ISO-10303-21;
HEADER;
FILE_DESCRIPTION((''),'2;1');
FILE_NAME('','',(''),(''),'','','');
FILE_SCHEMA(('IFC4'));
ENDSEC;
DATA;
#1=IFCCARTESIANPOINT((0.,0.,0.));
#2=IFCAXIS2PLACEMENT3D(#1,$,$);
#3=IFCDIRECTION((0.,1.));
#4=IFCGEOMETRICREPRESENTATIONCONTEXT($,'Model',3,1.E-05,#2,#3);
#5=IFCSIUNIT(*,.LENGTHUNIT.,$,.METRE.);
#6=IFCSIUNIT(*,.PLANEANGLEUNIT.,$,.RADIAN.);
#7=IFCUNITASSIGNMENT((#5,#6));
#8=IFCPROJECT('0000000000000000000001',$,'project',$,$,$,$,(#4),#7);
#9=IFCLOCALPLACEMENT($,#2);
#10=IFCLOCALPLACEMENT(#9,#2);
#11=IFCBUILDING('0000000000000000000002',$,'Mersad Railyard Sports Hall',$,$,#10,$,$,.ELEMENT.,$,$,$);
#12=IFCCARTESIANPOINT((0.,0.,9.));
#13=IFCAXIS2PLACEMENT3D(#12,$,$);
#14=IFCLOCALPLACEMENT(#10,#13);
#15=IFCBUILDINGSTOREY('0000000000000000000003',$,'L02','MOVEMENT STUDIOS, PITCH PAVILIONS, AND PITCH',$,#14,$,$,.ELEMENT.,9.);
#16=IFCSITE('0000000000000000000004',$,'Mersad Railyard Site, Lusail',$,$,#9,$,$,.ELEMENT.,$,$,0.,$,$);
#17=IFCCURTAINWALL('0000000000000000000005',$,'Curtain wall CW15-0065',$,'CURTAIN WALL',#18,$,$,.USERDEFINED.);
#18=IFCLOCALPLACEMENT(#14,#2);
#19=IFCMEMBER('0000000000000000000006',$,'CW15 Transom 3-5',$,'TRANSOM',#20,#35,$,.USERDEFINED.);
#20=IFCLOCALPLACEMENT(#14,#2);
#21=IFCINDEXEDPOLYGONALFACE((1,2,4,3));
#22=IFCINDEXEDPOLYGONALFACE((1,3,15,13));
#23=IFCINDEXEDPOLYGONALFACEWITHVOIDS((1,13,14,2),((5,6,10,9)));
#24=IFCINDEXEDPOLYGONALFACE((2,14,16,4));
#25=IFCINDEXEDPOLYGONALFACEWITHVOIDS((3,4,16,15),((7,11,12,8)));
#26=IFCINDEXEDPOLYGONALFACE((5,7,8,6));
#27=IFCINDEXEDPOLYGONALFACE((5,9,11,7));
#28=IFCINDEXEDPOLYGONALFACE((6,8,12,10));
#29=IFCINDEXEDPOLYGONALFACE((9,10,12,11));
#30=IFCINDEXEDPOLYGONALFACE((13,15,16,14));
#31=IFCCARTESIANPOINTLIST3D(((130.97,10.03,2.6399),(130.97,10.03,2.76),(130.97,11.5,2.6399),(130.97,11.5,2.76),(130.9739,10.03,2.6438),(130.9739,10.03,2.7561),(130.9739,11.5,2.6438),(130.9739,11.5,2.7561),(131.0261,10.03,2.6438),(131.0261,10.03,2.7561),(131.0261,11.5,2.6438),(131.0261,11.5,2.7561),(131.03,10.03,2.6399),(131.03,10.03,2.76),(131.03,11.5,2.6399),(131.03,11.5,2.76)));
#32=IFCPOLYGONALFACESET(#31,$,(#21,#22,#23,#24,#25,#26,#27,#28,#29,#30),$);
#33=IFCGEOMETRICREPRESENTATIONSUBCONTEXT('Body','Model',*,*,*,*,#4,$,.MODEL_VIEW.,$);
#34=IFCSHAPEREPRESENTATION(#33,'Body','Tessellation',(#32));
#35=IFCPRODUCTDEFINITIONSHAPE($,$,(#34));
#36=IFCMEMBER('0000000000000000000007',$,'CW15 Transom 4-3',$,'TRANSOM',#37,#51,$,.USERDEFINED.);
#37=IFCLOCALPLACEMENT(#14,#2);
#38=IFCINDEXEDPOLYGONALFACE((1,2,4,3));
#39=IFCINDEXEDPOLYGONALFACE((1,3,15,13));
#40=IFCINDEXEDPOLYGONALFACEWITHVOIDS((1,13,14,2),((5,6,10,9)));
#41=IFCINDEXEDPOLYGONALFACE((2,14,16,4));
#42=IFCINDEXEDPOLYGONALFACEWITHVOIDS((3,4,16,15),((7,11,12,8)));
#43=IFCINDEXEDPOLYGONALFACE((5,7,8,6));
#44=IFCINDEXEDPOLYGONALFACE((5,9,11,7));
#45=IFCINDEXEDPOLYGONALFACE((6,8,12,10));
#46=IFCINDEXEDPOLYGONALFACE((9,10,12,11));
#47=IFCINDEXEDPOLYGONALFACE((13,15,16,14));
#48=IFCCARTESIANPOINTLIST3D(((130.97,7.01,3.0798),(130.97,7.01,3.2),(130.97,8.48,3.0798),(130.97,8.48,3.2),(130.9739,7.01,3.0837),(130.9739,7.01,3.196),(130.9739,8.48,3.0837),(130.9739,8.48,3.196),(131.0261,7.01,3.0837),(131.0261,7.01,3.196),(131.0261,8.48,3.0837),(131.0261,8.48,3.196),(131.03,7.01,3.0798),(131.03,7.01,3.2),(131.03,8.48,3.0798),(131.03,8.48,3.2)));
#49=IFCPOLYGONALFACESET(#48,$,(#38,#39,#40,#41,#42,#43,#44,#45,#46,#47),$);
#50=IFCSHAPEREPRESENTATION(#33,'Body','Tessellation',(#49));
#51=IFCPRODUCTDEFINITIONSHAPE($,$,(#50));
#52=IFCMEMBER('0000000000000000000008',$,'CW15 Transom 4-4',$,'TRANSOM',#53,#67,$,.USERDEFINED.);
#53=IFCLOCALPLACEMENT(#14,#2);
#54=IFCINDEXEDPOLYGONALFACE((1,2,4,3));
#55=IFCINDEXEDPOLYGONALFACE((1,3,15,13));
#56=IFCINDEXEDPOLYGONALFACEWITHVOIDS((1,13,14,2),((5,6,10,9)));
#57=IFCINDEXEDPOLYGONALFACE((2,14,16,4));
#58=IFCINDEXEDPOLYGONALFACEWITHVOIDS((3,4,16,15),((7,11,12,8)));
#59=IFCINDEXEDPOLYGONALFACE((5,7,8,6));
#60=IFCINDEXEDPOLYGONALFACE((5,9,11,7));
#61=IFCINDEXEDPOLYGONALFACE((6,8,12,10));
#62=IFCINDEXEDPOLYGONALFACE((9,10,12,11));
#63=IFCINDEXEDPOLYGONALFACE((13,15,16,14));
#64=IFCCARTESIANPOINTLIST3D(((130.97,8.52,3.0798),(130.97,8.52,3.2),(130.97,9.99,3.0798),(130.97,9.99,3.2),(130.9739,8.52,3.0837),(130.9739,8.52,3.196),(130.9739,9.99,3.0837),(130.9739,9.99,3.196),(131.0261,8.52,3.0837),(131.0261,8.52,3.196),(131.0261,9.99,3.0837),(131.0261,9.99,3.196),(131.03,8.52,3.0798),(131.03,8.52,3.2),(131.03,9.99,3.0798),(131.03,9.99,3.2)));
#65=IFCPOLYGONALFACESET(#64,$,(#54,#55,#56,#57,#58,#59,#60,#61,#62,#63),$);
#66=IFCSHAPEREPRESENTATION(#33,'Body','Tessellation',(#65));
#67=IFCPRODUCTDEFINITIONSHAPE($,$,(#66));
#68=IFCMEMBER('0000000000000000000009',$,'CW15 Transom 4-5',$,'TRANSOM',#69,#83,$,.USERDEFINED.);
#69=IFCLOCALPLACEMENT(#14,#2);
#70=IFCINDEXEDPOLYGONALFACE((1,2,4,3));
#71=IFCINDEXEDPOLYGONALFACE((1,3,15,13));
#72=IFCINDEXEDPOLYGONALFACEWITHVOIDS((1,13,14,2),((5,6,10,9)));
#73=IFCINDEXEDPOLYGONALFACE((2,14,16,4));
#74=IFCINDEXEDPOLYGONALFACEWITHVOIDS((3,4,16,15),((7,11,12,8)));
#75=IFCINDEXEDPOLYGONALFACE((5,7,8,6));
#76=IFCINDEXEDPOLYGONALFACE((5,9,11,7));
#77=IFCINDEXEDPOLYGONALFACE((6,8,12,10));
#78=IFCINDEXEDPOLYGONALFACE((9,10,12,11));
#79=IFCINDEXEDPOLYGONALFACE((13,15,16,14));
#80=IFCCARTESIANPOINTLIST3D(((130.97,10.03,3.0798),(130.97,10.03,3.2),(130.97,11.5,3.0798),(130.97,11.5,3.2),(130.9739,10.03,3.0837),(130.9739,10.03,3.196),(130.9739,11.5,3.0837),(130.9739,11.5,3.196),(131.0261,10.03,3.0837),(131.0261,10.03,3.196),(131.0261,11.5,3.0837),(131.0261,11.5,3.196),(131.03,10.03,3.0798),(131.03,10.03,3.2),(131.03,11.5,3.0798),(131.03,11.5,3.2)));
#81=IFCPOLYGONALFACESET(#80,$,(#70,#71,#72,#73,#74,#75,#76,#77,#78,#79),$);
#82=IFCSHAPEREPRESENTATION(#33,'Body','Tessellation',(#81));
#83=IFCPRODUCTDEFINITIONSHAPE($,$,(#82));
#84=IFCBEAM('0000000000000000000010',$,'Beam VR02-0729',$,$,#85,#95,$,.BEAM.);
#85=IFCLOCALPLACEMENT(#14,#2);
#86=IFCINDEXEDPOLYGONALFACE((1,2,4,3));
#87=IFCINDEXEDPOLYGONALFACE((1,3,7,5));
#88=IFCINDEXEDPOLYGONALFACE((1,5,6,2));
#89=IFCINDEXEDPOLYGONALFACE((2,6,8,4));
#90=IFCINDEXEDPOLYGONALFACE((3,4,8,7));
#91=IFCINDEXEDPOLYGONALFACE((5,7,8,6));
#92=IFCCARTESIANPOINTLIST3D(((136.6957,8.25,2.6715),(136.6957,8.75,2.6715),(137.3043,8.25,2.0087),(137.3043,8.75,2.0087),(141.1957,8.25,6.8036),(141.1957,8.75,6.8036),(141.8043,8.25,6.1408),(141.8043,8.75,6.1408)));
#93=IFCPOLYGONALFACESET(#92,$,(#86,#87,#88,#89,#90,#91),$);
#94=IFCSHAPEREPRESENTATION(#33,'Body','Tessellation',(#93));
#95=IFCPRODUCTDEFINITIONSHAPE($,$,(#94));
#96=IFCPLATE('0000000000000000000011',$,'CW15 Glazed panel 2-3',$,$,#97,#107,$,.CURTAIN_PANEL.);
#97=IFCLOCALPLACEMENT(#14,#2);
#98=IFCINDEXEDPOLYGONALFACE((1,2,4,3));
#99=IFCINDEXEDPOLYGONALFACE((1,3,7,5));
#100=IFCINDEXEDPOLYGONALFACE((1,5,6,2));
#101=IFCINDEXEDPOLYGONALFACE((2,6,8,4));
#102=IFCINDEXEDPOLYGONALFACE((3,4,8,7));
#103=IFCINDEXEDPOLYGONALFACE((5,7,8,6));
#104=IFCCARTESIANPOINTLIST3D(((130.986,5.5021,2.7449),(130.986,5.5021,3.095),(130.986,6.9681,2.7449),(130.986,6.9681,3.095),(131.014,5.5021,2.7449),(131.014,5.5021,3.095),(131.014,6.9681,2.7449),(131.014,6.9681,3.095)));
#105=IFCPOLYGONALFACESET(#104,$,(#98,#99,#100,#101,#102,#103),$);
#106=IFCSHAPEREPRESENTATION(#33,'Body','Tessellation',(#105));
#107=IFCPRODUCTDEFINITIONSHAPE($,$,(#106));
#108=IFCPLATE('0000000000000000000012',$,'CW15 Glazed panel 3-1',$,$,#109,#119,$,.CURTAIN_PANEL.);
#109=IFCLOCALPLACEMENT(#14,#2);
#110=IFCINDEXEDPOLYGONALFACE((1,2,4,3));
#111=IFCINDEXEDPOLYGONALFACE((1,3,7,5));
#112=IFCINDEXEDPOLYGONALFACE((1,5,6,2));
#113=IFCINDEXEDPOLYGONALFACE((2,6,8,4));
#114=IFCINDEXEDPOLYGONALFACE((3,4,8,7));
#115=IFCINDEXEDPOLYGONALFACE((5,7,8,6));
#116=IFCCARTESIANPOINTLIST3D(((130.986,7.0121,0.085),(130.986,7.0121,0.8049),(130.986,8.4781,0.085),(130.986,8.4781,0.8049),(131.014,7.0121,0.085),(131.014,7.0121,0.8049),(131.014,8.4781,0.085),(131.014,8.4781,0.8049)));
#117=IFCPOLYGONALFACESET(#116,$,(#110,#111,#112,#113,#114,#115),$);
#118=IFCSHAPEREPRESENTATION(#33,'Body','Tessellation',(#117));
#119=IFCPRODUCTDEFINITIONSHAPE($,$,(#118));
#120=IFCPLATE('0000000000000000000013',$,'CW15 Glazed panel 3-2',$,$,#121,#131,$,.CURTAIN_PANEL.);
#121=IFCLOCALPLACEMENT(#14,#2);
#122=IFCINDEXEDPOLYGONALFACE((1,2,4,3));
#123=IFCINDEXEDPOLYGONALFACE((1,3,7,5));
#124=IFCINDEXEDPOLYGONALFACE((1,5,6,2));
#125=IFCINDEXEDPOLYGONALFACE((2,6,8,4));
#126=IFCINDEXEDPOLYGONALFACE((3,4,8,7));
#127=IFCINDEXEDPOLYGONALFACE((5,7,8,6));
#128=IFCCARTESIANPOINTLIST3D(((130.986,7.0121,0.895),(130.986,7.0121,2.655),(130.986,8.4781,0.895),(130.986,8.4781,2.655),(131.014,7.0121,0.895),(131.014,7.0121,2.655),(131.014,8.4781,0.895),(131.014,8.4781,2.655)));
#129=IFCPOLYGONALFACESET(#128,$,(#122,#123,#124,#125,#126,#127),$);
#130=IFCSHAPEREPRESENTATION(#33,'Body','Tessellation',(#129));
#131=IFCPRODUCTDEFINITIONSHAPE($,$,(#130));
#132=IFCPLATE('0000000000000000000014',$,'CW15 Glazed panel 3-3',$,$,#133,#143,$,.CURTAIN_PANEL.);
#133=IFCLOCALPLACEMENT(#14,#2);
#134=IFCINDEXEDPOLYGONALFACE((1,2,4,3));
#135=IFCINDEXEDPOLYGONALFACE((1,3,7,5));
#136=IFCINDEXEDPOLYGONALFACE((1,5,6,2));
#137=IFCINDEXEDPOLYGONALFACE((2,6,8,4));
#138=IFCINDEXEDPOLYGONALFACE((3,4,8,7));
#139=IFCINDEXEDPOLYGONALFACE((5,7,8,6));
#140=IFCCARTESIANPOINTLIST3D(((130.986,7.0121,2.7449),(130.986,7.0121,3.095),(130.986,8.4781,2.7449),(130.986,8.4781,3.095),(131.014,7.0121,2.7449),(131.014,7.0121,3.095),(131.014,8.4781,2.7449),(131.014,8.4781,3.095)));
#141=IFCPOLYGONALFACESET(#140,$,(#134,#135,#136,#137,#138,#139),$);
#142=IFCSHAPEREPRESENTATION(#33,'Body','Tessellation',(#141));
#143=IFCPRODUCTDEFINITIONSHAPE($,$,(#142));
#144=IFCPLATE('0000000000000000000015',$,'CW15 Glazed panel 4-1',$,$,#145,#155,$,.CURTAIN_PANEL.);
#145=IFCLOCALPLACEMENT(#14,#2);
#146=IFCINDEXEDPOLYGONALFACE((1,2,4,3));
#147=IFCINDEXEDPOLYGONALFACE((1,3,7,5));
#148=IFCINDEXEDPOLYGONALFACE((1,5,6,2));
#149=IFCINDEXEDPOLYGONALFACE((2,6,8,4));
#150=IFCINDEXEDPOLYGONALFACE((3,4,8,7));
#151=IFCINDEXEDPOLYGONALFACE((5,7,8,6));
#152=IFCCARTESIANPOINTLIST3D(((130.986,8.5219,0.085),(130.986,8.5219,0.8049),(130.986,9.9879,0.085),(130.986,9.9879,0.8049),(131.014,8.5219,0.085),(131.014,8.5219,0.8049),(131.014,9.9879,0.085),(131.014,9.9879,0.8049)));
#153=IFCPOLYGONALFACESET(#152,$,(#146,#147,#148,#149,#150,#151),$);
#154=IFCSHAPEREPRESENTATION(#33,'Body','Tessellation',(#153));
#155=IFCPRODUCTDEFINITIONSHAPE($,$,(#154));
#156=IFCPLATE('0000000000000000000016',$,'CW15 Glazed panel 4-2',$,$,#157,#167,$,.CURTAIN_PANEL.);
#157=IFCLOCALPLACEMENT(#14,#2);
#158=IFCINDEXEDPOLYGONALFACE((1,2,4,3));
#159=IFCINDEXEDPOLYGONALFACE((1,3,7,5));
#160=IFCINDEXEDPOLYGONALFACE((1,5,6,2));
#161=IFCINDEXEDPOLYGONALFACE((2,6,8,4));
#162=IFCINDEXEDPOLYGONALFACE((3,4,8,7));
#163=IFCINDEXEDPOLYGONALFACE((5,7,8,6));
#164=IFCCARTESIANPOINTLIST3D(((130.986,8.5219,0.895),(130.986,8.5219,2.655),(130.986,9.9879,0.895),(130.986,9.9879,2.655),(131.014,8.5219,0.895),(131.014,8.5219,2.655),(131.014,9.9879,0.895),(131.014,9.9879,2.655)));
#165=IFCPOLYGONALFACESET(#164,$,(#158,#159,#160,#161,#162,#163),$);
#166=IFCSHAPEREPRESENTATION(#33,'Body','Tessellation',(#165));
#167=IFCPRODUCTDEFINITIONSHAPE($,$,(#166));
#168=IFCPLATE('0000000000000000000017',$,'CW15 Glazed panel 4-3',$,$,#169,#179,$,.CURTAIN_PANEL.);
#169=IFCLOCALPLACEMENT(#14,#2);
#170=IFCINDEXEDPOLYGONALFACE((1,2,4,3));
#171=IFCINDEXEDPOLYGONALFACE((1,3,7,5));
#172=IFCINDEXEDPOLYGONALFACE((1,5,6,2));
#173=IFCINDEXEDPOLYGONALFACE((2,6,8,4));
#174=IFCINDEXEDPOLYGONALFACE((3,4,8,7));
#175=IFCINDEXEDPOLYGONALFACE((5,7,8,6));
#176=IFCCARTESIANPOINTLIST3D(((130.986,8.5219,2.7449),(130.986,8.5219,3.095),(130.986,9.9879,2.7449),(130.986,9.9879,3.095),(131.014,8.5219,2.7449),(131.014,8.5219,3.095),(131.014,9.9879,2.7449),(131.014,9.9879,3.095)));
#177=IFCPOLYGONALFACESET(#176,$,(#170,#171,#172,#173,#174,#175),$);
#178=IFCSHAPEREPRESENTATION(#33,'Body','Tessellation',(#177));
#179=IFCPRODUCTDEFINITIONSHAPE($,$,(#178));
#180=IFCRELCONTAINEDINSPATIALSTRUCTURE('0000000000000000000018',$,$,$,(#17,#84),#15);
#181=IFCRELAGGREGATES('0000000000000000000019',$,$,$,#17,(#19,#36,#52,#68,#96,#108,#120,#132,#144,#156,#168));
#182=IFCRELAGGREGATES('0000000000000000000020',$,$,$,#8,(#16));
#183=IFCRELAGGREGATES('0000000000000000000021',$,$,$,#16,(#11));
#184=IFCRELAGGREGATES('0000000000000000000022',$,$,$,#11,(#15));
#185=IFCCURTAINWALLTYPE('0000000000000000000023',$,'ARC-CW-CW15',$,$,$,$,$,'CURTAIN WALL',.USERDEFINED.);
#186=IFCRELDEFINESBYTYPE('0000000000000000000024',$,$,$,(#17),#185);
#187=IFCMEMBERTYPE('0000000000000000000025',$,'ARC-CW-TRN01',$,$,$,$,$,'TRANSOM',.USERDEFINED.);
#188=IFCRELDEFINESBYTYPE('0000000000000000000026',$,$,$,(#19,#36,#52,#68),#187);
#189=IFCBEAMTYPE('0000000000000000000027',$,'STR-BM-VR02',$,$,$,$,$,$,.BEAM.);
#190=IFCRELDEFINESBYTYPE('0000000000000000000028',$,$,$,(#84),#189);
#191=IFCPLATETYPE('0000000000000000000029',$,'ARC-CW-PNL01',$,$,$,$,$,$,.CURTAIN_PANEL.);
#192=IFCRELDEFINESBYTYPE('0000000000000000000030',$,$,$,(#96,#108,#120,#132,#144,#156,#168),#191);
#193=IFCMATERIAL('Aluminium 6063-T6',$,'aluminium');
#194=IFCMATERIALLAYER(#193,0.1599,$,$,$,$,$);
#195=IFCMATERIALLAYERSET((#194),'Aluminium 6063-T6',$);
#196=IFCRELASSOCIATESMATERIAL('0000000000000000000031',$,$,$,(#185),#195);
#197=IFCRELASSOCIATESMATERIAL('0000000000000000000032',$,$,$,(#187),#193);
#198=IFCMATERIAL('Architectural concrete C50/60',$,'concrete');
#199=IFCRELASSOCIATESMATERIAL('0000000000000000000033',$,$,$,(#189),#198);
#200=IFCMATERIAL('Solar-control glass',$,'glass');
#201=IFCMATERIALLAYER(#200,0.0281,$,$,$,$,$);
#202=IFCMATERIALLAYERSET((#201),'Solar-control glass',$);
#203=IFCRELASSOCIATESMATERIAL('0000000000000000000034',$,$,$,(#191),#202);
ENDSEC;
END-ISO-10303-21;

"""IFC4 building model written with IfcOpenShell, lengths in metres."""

from ifc_helpers import new_model, si_unit, direction, frame, origin, origin_2d, place, context, subcontext, project, spatial, rectangle, hollow_rectangle, extrude, material, layer, layer_set, material_profile, profile_set, type_object, element, aggregate, save


model = new_model("IFC4")

# Units and contexts
model_context = context("Model", 3, precision=1e-05, world=origin(), true_north=direction((0.0, 1.0)))
body_context = subcontext(model_context, "Body", "Model", "MODEL_VIEW")
ifc_project = project(units=[si_unit("LENGTHUNIT", "METRE"), si_unit("PLANEANGLEUNIT", "RADIAN")], contexts=[model_context])

# Site, building, storey
site_placement = place(None, origin())
site = spatial("IfcSite", under=ifc_project, at=site_placement, Name="Mersad Railyard Site, Lusail", CompositionType="ELEMENT", RefElevation=0.0)
building_placement = place(site_placement, origin())
building = spatial("IfcBuilding", under=site, at=building_placement, Name="Mersad Railyard Sports Hall", CompositionType="ELEMENT")
storey_placement = place(building_placement, frame((0.0, 0.0, 9.0)))
storey = spatial("IfcBuildingStorey", under=building, at=storey_placement, Name="L02", Description="MOVEMENT STUDIOS, PITCH PAVILIONS, AND PITCH", CompositionType="ELEMENT", Elevation=9.0)

# Curtain wall, members
ifc_material_1 = material(Name="Aluminium 6063-T6", Category="aluminium")
ifc_layer_1 = layer(ifc_material_1, 0.1599)
ifc_layer_set_1 = layer_set([ifc_layer_1], Name="Aluminium 6063-T6")
curtain_wall_type = type_object("IfcCurtainWallType", Name="ARC-CW-CW15", ElementType="CURTAIN WALL", PredefinedType="USERDEFINED", material=ifc_layer_set_1)
curtain_wall_placement = place(storey_placement, origin())
curtain_wall = element("IfcCurtainWall", 1, at=curtain_wall_placement, inside=storey, type_object=curtain_wall_type, Name="Curtain wall CW15-0065", ObjectType="CURTAIN WALL", PredefinedType="USERDEFINED")
ifc_material_profile_1 = material_profile(ifc_material_1, hollow_rectangle(XDim=0.0601, YDim=0.1201, WallThickness=0.0039, at=origin_2d()), Name="AL TRANSOM 60x120x4")
ifc_profile_set_1 = profile_set([ifc_material_profile_1], Name="Aluminium 6063-T6")
member_type_1 = type_object("IfcMemberType", Name="ARC-CW-TRN01", ElementType="TRANSOM", PredefinedType="USERDEFINED", material=ifc_profile_set_1)
member_1_placement = place(storey_placement, frame((131.0, 10.03, 2.7), z_axis=(0.0, 1.0, 0.0), x_axis=(-1.0, 0.0, 0.0)))
member_1 = element("IfcMember", 2, at=member_1_placement, type_object=member_type_1, Name="CW15 Transom 3-5", ObjectType="TRANSOM", PredefinedType="USERDEFINED", context=body_context, shape_type="SweptSolid", body=[
    extrude(hollow_rectangle(XDim=0.0601, YDim=0.1201, WallThickness=0.0039, at=origin_2d()), origin(), (0.0, 0.0, 1.0), 1.47),
])
member_2_placement = place(storey_placement, frame((131.0, 7.01, 3.1399), z_axis=(0.0, 1.0, 0.0), x_axis=(-1.0, 0.0, 0.0)))
member_2 = element("IfcMember", 3, at=member_2_placement, type_object=member_type_1, Name="CW15 Transom 4-3", ObjectType="TRANSOM", PredefinedType="USERDEFINED", context=body_context, shape_type="SweptSolid", body=[
    extrude(hollow_rectangle(XDim=0.0601, YDim=0.1201, WallThickness=0.0039, at=origin_2d()), origin(), (0.0, 0.0, 1.0), 1.47),
])
member_3_placement = place(storey_placement, frame((131.0, 8.52, 3.1399), z_axis=(0.0, 1.0, 0.0), x_axis=(-1.0, 0.0, 0.0)))
member_3 = element("IfcMember", 4, at=member_3_placement, type_object=member_type_1, Name="CW15 Transom 4-4", ObjectType="TRANSOM", PredefinedType="USERDEFINED", context=body_context, shape_type="SweptSolid", body=[
    extrude(hollow_rectangle(XDim=0.0601, YDim=0.1201, WallThickness=0.0039, at=origin_2d()), origin(), (0.0, 0.0, 1.0), 1.47),
])
member_4_placement = place(storey_placement, frame((131.0, 10.03, 3.1399), z_axis=(0.0, 1.0, 0.0), x_axis=(-1.0, 0.0, 0.0)))
member_4 = element("IfcMember", 5, at=member_4_placement, type_object=member_type_1, Name="CW15 Transom 4-5", ObjectType="TRANSOM", PredefinedType="USERDEFINED", context=body_context, shape_type="SweptSolid", body=[
    extrude(hollow_rectangle(XDim=0.0601, YDim=0.1201, WallThickness=0.0039, at=origin_2d()), origin(), (0.0, 0.0, 1.0), 1.47),
])

# Beam
ifc_material_2 = material(Name="Architectural concrete C50/60", Category="concrete")
ifc_material_profile_2 = material_profile(ifc_material_2, rectangle(XDim=0.5, YDim=0.8999, at=origin_2d()), Name="VR 500x900")
ifc_profile_set_2 = profile_set([ifc_material_profile_2], Name="Architectural concrete C50/60")
beam_type = type_object("IfcBeamType", Name="STR-BM-VR02", PredefinedType="BEAM", material=ifc_profile_set_2)
beam_placement = place(storey_placement, frame((137.0, 8.5, 2.3401), z_axis=(0.736577, 0.0, 0.676354), x_axis=(0.0, 1.0, 0.0)))
element("IfcBeam", 6, at=beam_placement, inside=storey, type_object=beam_type, Name="Beam VR02-0729", PredefinedType="BEAM", context=body_context, shape_type="SweptSolid", body=[
    extrude(rectangle(XDim=0.5, YDim=0.8999, at=origin_2d()), origin(), (0.0, 0.0, 1.0), 6.1094),
])

# Plates
ifc_material_3 = material(Name="Solar-control glass", Category="glass")
ifc_layer_2 = layer(ifc_material_3, 0.0281)
ifc_layer_set_2 = layer_set([ifc_layer_2], Name="Solar-control glass")
plate_type = type_object("IfcPlateType", Name="ARC-CW-PNL01", PredefinedType="CURTAIN_PANEL", material=ifc_layer_set_2)
plate_1_placement = place(storey_placement, frame((131.0, 6.2351, 2.7449), z_axis=(0.0, 0.0, 1.0), x_axis=(0.0, 1.0, 0.0)))
plate_1 = element("IfcPlate", 7, at=plate_1_placement, type_object=plate_type, Name="CW15 Glazed panel 2-3", PredefinedType="CURTAIN_PANEL", context=body_context, shape_type="SweptSolid", body=[
    extrude(rectangle(XDim=1.4661, YDim=0.0281, at=origin_2d()), origin(), (0.0, 0.0, 1.0), 0.3501),
])
plate_2_placement = place(storey_placement, frame((131.0, 7.7451, 0.085), z_axis=(0.0, 0.0, 1.0), x_axis=(0.0, 1.0, 0.0)))
plate_2 = element("IfcPlate", 8, at=plate_2_placement, type_object=plate_type, Name="CW15 Glazed panel 3-1", PredefinedType="CURTAIN_PANEL", context=body_context, shape_type="SweptSolid", body=[
    extrude(rectangle(XDim=1.4661, YDim=0.0281, at=origin_2d()), origin(), (0.0, 0.0, 1.0), 0.72),
])
plate_3_placement = place(storey_placement, frame((131.0, 7.7451, 0.895), z_axis=(0.0, 0.0, 1.0), x_axis=(0.0, 1.0, 0.0)))
plate_3 = element("IfcPlate", 9, at=plate_3_placement, type_object=plate_type, Name="CW15 Glazed panel 3-2", PredefinedType="CURTAIN_PANEL", context=body_context, shape_type="SweptSolid", body=[
    extrude(rectangle(XDim=1.4661, YDim=0.0281, at=origin_2d()), origin(), (0.0, 0.0, 1.0), 1.76),
])
plate_4_placement = place(storey_placement, frame((131.0, 7.7451, 2.7449), z_axis=(0.0, 0.0, 1.0), x_axis=(0.0, 1.0, 0.0)))
plate_4 = element("IfcPlate", 10, at=plate_4_placement, type_object=plate_type, Name="CW15 Glazed panel 3-3", PredefinedType="CURTAIN_PANEL", context=body_context, shape_type="SweptSolid", body=[
    extrude(rectangle(XDim=1.4661, YDim=0.0281, at=origin_2d()), origin(), (0.0, 0.0, 1.0), 0.3501),
])
plate_5_placement = place(storey_placement, frame((131.0, 9.2549, 0.085), z_axis=(0.0, 0.0, 1.0), x_axis=(0.0, 1.0, 0.0)))
plate_5 = element("IfcPlate", 11, at=plate_5_placement, type_object=plate_type, Name="CW15 Glazed panel 4-1", PredefinedType="CURTAIN_PANEL", context=body_context, shape_type="SweptSolid", body=[
    extrude(rectangle(XDim=1.4661, YDim=0.0281, at=origin_2d()), origin(), (0.0, 0.0, 1.0), 0.72),
])
plate_6_placement = place(storey_placement, frame((131.0, 9.2549, 0.895), z_axis=(0.0, 0.0, 1.0), x_axis=(0.0, 1.0, 0.0)))
plate_6 = element("IfcPlate", 12, at=plate_6_placement, type_object=plate_type, Name="CW15 Glazed panel 4-2", PredefinedType="CURTAIN_PANEL", context=body_context, shape_type="SweptSolid", body=[
    extrude(rectangle(XDim=1.4661, YDim=0.0281, at=origin_2d()), origin(), (0.0, 0.0, 1.0), 1.76),
])
plate_7_placement = place(storey_placement, frame((131.0, 9.2549, 2.7449), z_axis=(0.0, 0.0, 1.0), x_axis=(0.0, 1.0, 0.0)))
plate_7 = element("IfcPlate", 13, at=plate_7_placement, type_object=plate_type, Name="CW15 Glazed panel 4-3", PredefinedType="CURTAIN_PANEL", context=body_context, shape_type="SweptSolid", body=[
    extrude(rectangle(XDim=1.4661, YDim=0.0281, at=origin_2d()), origin(), (0.0, 0.0, 1.0), 0.3501),
])
aggregate(curtain_wall, [member_1, member_2, member_3, member_4, plate_1, plate_2, plate_3, plate_4, plate_5, plate_6, plate_7])

save(model, "model.ifc")
